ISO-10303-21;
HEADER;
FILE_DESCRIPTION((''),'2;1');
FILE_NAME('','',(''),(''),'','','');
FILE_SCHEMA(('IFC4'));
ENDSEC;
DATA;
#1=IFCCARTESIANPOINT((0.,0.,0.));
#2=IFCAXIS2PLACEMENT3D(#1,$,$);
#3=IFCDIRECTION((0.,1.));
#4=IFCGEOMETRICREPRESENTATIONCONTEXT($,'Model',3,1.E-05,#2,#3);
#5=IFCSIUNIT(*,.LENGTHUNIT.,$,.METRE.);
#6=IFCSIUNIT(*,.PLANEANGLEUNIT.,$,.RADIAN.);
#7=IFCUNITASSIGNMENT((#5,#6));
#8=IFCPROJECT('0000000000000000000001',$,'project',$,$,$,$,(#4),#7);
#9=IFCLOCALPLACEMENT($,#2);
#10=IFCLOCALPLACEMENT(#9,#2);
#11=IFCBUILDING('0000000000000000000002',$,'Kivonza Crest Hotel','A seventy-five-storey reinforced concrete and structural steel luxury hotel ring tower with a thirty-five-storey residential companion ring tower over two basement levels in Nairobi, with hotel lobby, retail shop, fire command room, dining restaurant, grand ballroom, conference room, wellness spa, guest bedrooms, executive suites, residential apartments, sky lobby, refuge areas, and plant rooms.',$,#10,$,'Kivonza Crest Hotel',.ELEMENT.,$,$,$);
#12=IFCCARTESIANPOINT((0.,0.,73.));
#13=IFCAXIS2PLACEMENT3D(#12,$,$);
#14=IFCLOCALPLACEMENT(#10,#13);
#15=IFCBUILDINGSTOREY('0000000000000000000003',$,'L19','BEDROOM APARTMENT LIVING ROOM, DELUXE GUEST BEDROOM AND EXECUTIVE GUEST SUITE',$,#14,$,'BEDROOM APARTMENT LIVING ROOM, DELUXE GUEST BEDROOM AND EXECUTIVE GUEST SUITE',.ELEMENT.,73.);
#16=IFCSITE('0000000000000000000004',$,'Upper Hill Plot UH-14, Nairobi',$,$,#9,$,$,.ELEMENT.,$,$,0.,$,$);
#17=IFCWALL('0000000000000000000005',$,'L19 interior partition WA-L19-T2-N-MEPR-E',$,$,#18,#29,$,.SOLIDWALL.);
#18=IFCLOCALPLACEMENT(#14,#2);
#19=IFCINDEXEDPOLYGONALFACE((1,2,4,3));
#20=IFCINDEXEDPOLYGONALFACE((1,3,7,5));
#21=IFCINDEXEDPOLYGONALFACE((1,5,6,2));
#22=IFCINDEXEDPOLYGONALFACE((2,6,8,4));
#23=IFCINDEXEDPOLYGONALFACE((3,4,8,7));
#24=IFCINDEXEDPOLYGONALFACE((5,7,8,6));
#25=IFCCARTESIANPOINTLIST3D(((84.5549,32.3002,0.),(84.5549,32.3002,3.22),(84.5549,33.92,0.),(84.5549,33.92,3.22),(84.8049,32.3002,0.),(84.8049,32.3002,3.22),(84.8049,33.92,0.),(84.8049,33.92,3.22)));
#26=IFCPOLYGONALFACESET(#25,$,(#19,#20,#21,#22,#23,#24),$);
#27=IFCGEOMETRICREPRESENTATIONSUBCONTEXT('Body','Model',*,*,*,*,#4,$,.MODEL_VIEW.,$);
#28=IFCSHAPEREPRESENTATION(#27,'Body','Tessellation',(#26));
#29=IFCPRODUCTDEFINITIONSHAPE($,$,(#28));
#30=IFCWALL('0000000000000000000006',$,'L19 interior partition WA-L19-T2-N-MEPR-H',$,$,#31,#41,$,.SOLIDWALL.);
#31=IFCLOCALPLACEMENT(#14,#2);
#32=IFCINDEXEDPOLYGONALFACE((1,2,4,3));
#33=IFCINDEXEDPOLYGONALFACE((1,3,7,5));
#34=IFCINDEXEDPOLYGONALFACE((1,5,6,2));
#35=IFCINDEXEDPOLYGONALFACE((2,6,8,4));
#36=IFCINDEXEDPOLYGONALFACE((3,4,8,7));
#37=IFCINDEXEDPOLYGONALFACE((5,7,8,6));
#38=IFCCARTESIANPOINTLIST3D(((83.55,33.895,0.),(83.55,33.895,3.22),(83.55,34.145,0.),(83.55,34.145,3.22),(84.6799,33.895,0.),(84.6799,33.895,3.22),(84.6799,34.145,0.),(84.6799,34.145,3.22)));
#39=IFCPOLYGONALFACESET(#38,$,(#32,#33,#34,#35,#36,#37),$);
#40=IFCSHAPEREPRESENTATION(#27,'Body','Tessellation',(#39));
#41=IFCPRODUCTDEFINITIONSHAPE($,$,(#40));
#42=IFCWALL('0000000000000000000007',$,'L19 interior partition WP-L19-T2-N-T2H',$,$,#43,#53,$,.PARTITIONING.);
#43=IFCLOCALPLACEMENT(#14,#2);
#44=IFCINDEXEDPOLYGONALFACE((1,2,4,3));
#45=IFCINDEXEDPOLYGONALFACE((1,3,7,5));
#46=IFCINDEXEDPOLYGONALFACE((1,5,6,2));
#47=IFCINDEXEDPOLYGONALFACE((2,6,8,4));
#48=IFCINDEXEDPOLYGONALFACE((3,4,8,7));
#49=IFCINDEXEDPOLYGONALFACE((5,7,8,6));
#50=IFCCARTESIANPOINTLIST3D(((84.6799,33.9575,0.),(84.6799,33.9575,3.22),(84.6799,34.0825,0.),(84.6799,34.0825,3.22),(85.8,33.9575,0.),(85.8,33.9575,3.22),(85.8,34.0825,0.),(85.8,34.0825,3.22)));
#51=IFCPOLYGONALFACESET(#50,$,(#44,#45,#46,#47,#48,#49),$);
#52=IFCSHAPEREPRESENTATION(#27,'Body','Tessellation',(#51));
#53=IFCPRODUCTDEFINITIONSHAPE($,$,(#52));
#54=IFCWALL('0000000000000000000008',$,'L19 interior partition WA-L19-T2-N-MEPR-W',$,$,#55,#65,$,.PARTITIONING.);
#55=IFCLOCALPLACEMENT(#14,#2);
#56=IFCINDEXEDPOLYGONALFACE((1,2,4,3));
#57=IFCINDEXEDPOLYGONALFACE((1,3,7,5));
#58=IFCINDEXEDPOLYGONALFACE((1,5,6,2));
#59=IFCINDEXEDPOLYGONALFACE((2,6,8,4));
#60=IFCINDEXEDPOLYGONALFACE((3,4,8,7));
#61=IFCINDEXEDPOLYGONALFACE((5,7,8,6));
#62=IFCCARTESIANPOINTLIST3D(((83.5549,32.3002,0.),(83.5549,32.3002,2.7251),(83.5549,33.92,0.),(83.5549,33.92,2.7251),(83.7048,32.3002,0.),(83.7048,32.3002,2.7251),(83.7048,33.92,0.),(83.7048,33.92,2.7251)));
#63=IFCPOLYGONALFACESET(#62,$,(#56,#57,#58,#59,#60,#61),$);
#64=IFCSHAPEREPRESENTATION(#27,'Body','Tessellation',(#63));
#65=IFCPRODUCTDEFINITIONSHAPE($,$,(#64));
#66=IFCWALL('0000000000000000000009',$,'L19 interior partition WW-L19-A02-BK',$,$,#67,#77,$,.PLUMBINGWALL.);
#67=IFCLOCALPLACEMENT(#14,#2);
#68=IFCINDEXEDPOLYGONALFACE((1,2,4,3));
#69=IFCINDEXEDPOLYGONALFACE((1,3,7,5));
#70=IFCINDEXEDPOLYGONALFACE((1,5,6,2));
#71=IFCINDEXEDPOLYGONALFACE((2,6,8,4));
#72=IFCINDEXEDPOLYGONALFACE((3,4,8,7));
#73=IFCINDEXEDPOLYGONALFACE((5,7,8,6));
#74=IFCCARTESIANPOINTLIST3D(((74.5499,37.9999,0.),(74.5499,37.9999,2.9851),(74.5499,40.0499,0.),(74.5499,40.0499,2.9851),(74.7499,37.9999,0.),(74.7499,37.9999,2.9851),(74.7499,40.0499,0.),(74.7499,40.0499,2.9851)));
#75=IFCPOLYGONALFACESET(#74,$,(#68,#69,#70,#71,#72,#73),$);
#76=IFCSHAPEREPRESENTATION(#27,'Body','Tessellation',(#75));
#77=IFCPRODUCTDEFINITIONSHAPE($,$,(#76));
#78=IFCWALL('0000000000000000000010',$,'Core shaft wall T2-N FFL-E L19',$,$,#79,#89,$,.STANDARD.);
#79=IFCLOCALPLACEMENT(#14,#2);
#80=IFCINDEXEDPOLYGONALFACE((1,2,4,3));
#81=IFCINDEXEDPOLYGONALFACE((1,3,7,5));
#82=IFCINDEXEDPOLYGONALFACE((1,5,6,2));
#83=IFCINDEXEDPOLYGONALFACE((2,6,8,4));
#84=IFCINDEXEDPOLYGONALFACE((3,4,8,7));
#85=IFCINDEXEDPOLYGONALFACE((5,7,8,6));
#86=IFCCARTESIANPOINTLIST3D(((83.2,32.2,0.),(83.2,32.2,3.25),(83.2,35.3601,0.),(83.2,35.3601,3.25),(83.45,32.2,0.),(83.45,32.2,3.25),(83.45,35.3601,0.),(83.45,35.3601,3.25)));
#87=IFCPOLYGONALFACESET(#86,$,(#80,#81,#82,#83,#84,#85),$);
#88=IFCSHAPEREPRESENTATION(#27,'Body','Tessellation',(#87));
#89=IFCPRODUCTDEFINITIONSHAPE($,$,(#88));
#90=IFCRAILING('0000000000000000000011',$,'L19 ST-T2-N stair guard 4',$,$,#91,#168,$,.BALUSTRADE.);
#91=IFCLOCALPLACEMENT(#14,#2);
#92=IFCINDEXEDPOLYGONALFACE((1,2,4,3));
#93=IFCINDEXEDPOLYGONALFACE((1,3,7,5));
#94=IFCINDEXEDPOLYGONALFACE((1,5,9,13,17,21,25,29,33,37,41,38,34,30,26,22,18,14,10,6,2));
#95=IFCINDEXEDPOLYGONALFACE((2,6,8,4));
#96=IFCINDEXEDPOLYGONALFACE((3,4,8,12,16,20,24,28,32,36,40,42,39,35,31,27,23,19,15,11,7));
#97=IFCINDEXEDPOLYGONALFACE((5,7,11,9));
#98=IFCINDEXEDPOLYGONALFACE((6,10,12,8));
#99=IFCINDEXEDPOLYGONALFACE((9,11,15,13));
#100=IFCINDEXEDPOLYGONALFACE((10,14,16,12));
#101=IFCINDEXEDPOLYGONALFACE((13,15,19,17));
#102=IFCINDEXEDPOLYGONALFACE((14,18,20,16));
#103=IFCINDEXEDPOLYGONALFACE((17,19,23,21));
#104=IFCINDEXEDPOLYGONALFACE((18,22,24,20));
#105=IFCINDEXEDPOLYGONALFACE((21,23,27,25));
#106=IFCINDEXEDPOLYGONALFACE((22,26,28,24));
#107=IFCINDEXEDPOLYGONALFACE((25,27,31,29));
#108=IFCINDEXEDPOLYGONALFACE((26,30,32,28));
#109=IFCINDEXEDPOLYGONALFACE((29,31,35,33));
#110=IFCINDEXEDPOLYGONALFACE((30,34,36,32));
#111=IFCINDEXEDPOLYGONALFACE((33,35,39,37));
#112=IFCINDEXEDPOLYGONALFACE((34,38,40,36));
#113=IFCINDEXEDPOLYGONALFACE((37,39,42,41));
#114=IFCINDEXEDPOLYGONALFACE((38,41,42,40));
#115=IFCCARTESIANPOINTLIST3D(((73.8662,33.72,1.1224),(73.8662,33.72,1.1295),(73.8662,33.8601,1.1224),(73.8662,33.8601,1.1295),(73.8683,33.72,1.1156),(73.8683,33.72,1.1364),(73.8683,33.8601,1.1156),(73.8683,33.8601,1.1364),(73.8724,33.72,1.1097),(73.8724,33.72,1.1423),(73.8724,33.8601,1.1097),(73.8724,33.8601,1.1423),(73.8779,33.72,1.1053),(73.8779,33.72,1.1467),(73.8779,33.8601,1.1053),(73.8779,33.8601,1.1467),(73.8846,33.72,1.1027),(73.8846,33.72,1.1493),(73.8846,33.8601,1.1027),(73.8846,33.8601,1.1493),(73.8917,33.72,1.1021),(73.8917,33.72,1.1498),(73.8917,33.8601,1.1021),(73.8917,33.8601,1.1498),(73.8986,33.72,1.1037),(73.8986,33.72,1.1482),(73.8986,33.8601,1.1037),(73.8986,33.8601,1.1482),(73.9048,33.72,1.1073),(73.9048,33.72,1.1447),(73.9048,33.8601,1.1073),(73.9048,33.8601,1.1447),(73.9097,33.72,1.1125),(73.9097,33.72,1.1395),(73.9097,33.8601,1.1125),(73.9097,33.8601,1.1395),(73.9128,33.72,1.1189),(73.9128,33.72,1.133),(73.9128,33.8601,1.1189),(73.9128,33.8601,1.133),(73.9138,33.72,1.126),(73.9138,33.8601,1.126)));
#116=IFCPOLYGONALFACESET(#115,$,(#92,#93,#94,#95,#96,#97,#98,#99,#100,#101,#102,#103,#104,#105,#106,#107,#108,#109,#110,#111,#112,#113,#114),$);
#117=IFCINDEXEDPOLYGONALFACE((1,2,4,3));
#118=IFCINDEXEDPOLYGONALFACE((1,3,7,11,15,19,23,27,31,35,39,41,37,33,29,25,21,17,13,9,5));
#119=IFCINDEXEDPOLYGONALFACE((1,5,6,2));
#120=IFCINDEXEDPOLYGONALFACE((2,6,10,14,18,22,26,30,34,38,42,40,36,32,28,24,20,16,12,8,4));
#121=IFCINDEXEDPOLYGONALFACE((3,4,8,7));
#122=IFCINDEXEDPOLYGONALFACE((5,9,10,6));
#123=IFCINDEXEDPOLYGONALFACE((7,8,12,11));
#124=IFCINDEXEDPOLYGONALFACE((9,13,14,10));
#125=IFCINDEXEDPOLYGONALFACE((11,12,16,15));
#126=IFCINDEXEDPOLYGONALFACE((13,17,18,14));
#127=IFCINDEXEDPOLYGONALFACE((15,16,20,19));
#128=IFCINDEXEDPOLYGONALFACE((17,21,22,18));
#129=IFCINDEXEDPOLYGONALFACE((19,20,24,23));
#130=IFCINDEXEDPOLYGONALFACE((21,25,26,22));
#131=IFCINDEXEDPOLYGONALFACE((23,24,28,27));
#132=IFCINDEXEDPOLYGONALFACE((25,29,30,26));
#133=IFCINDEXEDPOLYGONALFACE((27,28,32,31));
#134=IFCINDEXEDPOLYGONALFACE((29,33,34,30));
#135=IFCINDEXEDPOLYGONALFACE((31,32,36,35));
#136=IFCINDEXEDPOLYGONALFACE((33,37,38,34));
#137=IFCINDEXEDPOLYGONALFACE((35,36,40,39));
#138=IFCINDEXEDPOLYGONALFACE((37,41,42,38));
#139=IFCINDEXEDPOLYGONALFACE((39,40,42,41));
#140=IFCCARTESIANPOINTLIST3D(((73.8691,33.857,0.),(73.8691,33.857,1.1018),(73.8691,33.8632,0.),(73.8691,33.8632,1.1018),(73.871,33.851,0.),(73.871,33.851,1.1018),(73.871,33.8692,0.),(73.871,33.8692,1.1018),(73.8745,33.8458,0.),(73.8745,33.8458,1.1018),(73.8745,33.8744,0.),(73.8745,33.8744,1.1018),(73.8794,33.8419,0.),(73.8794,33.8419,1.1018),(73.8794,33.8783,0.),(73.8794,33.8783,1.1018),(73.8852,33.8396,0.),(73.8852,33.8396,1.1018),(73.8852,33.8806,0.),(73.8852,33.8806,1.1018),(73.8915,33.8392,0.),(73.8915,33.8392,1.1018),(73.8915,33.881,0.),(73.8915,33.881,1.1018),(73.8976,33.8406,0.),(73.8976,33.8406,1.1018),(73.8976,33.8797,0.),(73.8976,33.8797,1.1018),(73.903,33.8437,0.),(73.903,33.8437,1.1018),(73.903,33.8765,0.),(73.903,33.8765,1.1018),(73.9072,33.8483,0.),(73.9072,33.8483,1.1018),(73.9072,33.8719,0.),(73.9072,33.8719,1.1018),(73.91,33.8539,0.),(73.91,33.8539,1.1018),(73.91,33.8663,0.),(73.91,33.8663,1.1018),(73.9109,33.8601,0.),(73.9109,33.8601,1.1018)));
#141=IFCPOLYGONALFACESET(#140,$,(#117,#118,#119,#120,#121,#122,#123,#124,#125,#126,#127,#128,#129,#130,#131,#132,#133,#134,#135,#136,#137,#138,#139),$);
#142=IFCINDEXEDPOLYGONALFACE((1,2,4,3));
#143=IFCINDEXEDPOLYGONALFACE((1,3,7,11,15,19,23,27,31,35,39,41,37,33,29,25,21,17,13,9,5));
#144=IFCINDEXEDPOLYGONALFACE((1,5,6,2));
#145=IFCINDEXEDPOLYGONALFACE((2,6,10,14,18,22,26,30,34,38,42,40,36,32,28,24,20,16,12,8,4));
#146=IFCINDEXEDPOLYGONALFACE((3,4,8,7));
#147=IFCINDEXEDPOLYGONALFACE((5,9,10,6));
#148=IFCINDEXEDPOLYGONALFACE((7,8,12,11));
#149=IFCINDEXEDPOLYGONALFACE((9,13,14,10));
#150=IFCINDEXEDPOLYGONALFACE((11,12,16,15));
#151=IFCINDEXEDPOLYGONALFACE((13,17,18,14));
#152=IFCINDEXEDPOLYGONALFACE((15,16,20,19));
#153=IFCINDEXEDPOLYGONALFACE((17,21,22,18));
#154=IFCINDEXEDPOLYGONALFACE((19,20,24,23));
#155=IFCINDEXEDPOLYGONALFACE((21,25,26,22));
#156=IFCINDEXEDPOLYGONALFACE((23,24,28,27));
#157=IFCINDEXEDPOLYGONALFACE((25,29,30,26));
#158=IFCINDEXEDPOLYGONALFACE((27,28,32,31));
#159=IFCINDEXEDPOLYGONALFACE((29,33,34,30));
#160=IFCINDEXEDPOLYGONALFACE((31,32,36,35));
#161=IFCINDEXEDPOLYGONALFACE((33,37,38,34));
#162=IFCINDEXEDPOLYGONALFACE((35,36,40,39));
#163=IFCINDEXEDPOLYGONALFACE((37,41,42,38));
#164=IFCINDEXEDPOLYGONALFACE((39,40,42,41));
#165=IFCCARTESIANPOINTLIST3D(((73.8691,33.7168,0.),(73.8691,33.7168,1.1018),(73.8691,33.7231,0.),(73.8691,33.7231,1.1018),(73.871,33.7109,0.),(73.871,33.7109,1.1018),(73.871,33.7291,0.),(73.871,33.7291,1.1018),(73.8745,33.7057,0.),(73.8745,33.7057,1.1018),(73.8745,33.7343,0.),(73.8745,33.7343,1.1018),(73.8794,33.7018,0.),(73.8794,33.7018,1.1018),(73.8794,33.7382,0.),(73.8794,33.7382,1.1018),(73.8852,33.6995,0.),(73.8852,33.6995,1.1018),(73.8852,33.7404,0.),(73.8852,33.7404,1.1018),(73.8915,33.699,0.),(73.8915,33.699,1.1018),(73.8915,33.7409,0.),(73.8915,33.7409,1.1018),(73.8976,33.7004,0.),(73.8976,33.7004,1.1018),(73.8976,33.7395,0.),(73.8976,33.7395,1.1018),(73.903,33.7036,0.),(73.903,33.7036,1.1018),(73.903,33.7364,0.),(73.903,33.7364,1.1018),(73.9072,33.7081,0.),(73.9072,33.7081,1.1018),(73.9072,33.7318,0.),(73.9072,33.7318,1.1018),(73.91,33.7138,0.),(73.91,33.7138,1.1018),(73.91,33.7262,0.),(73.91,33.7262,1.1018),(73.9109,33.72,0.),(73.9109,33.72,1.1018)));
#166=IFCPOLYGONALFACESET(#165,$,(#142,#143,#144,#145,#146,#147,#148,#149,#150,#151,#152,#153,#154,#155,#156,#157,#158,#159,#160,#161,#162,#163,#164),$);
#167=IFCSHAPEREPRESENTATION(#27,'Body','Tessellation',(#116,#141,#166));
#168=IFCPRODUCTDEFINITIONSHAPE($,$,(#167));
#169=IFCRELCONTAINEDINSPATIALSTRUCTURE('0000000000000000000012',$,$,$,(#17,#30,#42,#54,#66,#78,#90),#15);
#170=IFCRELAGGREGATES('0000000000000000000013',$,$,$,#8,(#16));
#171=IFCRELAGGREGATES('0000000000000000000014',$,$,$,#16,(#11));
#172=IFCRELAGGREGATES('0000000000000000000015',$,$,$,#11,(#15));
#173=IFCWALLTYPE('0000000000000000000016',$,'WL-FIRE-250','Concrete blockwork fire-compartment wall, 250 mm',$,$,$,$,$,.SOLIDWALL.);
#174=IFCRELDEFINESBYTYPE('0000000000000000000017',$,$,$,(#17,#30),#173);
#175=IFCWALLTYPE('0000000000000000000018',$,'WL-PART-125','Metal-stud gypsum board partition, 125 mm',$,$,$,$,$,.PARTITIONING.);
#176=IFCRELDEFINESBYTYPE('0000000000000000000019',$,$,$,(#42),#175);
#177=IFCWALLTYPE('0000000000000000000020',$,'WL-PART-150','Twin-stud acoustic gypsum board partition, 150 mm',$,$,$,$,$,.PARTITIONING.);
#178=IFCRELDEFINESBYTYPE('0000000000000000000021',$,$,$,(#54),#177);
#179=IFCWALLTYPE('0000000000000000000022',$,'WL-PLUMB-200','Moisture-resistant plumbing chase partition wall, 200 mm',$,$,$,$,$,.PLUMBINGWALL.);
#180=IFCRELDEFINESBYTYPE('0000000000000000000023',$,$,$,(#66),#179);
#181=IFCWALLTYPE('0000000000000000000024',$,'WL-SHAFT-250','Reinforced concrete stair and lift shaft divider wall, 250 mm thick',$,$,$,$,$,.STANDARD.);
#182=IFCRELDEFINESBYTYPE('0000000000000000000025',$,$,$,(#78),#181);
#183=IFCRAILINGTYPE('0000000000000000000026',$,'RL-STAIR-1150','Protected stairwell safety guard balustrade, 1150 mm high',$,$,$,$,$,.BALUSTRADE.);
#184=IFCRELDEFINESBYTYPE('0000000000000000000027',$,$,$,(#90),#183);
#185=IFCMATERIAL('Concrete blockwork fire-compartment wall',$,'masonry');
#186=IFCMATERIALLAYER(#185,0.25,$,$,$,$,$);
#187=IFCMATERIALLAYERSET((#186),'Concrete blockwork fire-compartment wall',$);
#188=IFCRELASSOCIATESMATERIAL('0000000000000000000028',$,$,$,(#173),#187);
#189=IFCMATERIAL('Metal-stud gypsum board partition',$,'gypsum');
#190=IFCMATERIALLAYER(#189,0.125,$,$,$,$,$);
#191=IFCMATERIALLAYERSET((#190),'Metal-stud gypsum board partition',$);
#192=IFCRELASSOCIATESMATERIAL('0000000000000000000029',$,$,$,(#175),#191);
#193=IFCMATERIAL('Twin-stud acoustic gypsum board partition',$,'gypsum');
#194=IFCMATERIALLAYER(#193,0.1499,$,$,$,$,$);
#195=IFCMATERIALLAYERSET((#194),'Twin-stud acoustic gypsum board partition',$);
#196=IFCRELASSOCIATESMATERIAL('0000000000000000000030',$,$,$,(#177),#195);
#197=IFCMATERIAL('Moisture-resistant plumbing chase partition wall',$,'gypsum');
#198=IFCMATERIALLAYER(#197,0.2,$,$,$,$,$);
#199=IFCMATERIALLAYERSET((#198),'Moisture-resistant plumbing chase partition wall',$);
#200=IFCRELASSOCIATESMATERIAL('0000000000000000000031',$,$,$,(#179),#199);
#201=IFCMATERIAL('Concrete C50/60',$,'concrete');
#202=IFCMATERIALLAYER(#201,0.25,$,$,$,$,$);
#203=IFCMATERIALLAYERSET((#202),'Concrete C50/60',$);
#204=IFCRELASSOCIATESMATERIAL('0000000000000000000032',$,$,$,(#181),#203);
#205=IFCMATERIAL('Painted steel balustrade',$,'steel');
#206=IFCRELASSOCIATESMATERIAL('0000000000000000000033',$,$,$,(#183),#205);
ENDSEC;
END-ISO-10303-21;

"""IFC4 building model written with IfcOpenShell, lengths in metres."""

from ifc_helpers import new_model, si_unit, direction, frame, frame_2d, origin, origin_2d, place, context, subcontext, project, spatial, rectangle, circle, extrude, material, layer, layer_set, type_object, element, save


model = new_model("IFC4")

# Units and contexts
model_context = context("Model", 3, precision=1e-05, world=origin(), true_north=direction((0.0, 1.0)))
body_context = subcontext(model_context, "Body", "Model", "MODEL_VIEW")
ifc_project = project(units=[si_unit("LENGTHUNIT", "METRE"), si_unit("PLANEANGLEUNIT", "RADIAN")], contexts=[model_context])

# Site, building, storey
site_placement = place(None, origin())
site = spatial("IfcSite", under=ifc_project, at=site_placement, Name="Upper Hill Plot UH-14, Nairobi", CompositionType="ELEMENT", RefElevation=0.0)
building_placement = place(site_placement, origin())
building = spatial("IfcBuilding", under=site, at=building_placement, Name="Kivonza Crest Hotel", Description="A seventy-five-storey reinforced concrete and structural steel luxury hotel ring tower with a thirty-five-storey residential companion ring tower over two basement levels in Nairobi, with hotel lobby, retail shop, fire command room, dining restaurant, grand ballroom, conference room, wellness spa, guest bedrooms, executive suites, residential apartments, sky lobby, refuge areas, and plant rooms.", LongName="Kivonza Crest Hotel", CompositionType="ELEMENT")
storey_placement = place(building_placement, frame((0.0, 0.0, 73.0)))
storey = spatial("IfcBuildingStorey", under=building, at=storey_placement, Name="L19", Description="BEDROOM APARTMENT LIVING ROOM, DELUXE GUEST BEDROOM AND EXECUTIVE GUEST SUITE", LongName="BEDROOM APARTMENT LIVING ROOM, DELUXE GUEST BEDROOM AND EXECUTIVE GUEST SUITE", CompositionType="ELEMENT", Elevation=73.0)

# Shared definitions
ifc_material_1 = material(Name="Concrete C50/60", Category="concrete")

# Walls
ifc_material_2 = material(Name="Concrete blockwork fire-compartment wall", Category="masonry")
ifc_layer_1 = layer(ifc_material_2, 0.25)
ifc_layer_set_1 = layer_set([ifc_layer_1], Name="Concrete blockwork fire-compartment wall")
wall_type_1 = type_object("IfcWallType", Name="WL-FIRE-250", Description="Concrete blockwork fire-compartment wall, 250 mm", PredefinedType="SOLIDWALL", material=ifc_layer_set_1)
wall_1_placement = place(storey_placement, frame((84.6799, 32.3, 0.0), z_axis=(0.0, 0.0, 1.0), x_axis=(0.0, 1.0, 0.0)))
element("IfcWall", 1, at=wall_1_placement, inside=storey, type_object=wall_type_1, Name="L19 interior partition WA-L19-T2-N-MEPR-E", PredefinedType="SOLIDWALL", context=body_context, shape_type="SweptSolid", body=[
    extrude(rectangle(XDim=1.6199, YDim=0.25, at=frame_2d((0.8101, 0.0))), origin(), (0.0, 0.0, 1.0), 3.22),
])
wall_2_placement = place(storey_placement, frame((83.55, 34.02, 0.0), z_axis=(0.0, 0.0, 1.0), x_axis=(1.0, 0.0, 0.0)))
element("IfcWall", 2, at=wall_2_placement, inside=storey, type_object=wall_type_1, Name="L19 interior partition WA-L19-T2-N-MEPR-H", PredefinedType="SOLIDWALL", context=body_context, shape_type="SweptSolid", body=[
    extrude(rectangle(XDim=1.1299, YDim=0.25, at=frame_2d((0.5649, 0.0))), origin(), (0.0, 0.0, 1.0), 3.22),
])
ifc_material_3 = material(Name="Metal-stud gypsum board partition", Category="gypsum")
ifc_layer_2 = layer(ifc_material_3, 0.125)
ifc_layer_set_2 = layer_set([ifc_layer_2], Name="Metal-stud gypsum board partition")
wall_type_2 = type_object("IfcWallType", Name="WL-PART-125", Description="Metal-stud gypsum board partition, 125 mm", PredefinedType="PARTITIONING", material=ifc_layer_set_2)
wall_3_placement = place(storey_placement, frame((84.6799, 34.02, 0.0), z_axis=(0.0, 0.0, 1.0), x_axis=(1.0, 0.0, 0.0)))
element("IfcWall", 3, at=wall_3_placement, inside=storey, type_object=wall_type_2, Name="L19 interior partition WP-L19-T2-N-T2H", PredefinedType="PARTITIONING", context=body_context, shape_type="SweptSolid", body=[
    extrude(rectangle(XDim=1.1201, YDim=0.125, at=frame_2d((0.5601, 0.0))), origin(), (0.0, 0.0, 1.0), 3.22),
])
ifc_material_4 = material(Name="Twin-stud acoustic gypsum board partition", Category="gypsum")
ifc_layer_3 = layer(ifc_material_4, 0.1499)
ifc_layer_set_3 = layer_set([ifc_layer_3], Name="Twin-stud acoustic gypsum board partition")
wall_type_3 = type_object("IfcWallType", Name="WL-PART-150", Description="Twin-stud acoustic gypsum board partition, 150 mm", PredefinedType="PARTITIONING", material=ifc_layer_set_3)
wall_4_placement = place(storey_placement, frame((83.6299, 32.3, 0.0), z_axis=(0.0, 0.0, 1.0), x_axis=(0.0, 1.0, 0.0)))
element("IfcWall", 4, at=wall_4_placement, inside=storey, type_object=wall_type_3, Name="L19 interior partition WA-L19-T2-N-MEPR-W", PredefinedType="PARTITIONING", context=body_context, shape_type="SweptSolid", body=[
    extrude(rectangle(XDim=1.6199, YDim=0.1499, at=frame_2d((0.8101, 0.0))), origin(), (0.0, 0.0, 1.0), 2.7251),
])
ifc_material_5 = material(Name="Moisture-resistant plumbing chase partition wall", Category="gypsum")
ifc_layer_4 = layer(ifc_material_5, 0.2)
ifc_layer_set_4 = layer_set([ifc_layer_4], Name="Moisture-resistant plumbing chase partition wall")
wall_type_4 = type_object("IfcWallType", Name="WL-PLUMB-200", Description="Moisture-resistant plumbing chase partition wall, 200 mm", PredefinedType="PLUMBINGWALL", material=ifc_layer_set_4)
wall_5_placement = place(storey_placement, frame((74.6499, 38.0, 0.0), z_axis=(0.0, 0.0, 1.0), x_axis=(0.0, 1.0, 0.0)))
element("IfcWall", 5, at=wall_5_placement, inside=storey, type_object=wall_type_4, Name="L19 interior partition WW-L19-A02-BK", PredefinedType="PLUMBINGWALL", context=body_context, shape_type="SweptSolid", body=[
    extrude(rectangle(XDim=2.05, YDim=0.2, at=frame_2d((1.0249, 0.0))), origin(), (0.0, 0.0, 1.0), 2.9851),
])

# Shared definitions
ifc_layer_5 = layer(ifc_material_1, 0.25)
ifc_layer_set_5 = layer_set([ifc_layer_5], Name="Concrete C50/60")
wall_type_5 = type_object("IfcWallType", Name="WL-SHAFT-250", Description="Reinforced concrete stair and lift shaft divider wall, 250 mm thick", PredefinedType="STANDARD", material=ifc_layer_set_5)

# Wall
wall_6_placement = place(storey_placement, frame((83.325, 32.2, 0.0), z_axis=(0.0, 0.0, 1.0), x_axis=(0.0, 1.0, 0.0)))
element("IfcWall", 6, at=wall_6_placement, inside=storey, type_object=wall_type_5, Name="Core shaft wall T2-N FFL-E L19", PredefinedType="STANDARD", context=body_context, shape_type="SweptSolid", body=[
    extrude(rectangle(XDim=3.1602, YDim=0.25, at=frame_2d((1.5801, 0.0))), origin(), (0.0, 0.0, 1.0), 3.25),
])

# Railing
ifc_material_6 = material(Name="Painted steel balustrade", Category="steel")
railing_type = type_object("IfcRailingType", Name="RL-STAIR-1150", Description="Protected stairwell safety guard balustrade, 1150 mm high", PredefinedType="BALUSTRADE", material=ifc_material_6)
railing_placement = place(storey_placement, frame((73.8899, 33.8601, 0.0)))
element("IfcRailing", 7, at=railing_placement, inside=storey, type_object=railing_type, Name="L19 ST-T2-N stair guard 4", PredefinedType="BALUSTRADE", context=body_context, shape_type="SweptSolid", body=[
    extrude(circle(Radius=0.0239, at=origin_2d()), frame((0.0, 0.0, 1.126), z_axis=(0.0, -1.0, 0.0), x_axis=(1.0, 0.0, 0.0)), (0.0, 0.0, 1.0), 0.1401),
    extrude(circle(Radius=0.021, at=origin_2d()), origin(), (0.0, 0.0, 1.0), 1.1018),
    extrude(circle(Radius=0.021, at=origin_2d()), frame((0.0, -0.1401, 0.0)), (0.0, 0.0, 1.0), 1.1018),
])

save(model, "model.ifc")
